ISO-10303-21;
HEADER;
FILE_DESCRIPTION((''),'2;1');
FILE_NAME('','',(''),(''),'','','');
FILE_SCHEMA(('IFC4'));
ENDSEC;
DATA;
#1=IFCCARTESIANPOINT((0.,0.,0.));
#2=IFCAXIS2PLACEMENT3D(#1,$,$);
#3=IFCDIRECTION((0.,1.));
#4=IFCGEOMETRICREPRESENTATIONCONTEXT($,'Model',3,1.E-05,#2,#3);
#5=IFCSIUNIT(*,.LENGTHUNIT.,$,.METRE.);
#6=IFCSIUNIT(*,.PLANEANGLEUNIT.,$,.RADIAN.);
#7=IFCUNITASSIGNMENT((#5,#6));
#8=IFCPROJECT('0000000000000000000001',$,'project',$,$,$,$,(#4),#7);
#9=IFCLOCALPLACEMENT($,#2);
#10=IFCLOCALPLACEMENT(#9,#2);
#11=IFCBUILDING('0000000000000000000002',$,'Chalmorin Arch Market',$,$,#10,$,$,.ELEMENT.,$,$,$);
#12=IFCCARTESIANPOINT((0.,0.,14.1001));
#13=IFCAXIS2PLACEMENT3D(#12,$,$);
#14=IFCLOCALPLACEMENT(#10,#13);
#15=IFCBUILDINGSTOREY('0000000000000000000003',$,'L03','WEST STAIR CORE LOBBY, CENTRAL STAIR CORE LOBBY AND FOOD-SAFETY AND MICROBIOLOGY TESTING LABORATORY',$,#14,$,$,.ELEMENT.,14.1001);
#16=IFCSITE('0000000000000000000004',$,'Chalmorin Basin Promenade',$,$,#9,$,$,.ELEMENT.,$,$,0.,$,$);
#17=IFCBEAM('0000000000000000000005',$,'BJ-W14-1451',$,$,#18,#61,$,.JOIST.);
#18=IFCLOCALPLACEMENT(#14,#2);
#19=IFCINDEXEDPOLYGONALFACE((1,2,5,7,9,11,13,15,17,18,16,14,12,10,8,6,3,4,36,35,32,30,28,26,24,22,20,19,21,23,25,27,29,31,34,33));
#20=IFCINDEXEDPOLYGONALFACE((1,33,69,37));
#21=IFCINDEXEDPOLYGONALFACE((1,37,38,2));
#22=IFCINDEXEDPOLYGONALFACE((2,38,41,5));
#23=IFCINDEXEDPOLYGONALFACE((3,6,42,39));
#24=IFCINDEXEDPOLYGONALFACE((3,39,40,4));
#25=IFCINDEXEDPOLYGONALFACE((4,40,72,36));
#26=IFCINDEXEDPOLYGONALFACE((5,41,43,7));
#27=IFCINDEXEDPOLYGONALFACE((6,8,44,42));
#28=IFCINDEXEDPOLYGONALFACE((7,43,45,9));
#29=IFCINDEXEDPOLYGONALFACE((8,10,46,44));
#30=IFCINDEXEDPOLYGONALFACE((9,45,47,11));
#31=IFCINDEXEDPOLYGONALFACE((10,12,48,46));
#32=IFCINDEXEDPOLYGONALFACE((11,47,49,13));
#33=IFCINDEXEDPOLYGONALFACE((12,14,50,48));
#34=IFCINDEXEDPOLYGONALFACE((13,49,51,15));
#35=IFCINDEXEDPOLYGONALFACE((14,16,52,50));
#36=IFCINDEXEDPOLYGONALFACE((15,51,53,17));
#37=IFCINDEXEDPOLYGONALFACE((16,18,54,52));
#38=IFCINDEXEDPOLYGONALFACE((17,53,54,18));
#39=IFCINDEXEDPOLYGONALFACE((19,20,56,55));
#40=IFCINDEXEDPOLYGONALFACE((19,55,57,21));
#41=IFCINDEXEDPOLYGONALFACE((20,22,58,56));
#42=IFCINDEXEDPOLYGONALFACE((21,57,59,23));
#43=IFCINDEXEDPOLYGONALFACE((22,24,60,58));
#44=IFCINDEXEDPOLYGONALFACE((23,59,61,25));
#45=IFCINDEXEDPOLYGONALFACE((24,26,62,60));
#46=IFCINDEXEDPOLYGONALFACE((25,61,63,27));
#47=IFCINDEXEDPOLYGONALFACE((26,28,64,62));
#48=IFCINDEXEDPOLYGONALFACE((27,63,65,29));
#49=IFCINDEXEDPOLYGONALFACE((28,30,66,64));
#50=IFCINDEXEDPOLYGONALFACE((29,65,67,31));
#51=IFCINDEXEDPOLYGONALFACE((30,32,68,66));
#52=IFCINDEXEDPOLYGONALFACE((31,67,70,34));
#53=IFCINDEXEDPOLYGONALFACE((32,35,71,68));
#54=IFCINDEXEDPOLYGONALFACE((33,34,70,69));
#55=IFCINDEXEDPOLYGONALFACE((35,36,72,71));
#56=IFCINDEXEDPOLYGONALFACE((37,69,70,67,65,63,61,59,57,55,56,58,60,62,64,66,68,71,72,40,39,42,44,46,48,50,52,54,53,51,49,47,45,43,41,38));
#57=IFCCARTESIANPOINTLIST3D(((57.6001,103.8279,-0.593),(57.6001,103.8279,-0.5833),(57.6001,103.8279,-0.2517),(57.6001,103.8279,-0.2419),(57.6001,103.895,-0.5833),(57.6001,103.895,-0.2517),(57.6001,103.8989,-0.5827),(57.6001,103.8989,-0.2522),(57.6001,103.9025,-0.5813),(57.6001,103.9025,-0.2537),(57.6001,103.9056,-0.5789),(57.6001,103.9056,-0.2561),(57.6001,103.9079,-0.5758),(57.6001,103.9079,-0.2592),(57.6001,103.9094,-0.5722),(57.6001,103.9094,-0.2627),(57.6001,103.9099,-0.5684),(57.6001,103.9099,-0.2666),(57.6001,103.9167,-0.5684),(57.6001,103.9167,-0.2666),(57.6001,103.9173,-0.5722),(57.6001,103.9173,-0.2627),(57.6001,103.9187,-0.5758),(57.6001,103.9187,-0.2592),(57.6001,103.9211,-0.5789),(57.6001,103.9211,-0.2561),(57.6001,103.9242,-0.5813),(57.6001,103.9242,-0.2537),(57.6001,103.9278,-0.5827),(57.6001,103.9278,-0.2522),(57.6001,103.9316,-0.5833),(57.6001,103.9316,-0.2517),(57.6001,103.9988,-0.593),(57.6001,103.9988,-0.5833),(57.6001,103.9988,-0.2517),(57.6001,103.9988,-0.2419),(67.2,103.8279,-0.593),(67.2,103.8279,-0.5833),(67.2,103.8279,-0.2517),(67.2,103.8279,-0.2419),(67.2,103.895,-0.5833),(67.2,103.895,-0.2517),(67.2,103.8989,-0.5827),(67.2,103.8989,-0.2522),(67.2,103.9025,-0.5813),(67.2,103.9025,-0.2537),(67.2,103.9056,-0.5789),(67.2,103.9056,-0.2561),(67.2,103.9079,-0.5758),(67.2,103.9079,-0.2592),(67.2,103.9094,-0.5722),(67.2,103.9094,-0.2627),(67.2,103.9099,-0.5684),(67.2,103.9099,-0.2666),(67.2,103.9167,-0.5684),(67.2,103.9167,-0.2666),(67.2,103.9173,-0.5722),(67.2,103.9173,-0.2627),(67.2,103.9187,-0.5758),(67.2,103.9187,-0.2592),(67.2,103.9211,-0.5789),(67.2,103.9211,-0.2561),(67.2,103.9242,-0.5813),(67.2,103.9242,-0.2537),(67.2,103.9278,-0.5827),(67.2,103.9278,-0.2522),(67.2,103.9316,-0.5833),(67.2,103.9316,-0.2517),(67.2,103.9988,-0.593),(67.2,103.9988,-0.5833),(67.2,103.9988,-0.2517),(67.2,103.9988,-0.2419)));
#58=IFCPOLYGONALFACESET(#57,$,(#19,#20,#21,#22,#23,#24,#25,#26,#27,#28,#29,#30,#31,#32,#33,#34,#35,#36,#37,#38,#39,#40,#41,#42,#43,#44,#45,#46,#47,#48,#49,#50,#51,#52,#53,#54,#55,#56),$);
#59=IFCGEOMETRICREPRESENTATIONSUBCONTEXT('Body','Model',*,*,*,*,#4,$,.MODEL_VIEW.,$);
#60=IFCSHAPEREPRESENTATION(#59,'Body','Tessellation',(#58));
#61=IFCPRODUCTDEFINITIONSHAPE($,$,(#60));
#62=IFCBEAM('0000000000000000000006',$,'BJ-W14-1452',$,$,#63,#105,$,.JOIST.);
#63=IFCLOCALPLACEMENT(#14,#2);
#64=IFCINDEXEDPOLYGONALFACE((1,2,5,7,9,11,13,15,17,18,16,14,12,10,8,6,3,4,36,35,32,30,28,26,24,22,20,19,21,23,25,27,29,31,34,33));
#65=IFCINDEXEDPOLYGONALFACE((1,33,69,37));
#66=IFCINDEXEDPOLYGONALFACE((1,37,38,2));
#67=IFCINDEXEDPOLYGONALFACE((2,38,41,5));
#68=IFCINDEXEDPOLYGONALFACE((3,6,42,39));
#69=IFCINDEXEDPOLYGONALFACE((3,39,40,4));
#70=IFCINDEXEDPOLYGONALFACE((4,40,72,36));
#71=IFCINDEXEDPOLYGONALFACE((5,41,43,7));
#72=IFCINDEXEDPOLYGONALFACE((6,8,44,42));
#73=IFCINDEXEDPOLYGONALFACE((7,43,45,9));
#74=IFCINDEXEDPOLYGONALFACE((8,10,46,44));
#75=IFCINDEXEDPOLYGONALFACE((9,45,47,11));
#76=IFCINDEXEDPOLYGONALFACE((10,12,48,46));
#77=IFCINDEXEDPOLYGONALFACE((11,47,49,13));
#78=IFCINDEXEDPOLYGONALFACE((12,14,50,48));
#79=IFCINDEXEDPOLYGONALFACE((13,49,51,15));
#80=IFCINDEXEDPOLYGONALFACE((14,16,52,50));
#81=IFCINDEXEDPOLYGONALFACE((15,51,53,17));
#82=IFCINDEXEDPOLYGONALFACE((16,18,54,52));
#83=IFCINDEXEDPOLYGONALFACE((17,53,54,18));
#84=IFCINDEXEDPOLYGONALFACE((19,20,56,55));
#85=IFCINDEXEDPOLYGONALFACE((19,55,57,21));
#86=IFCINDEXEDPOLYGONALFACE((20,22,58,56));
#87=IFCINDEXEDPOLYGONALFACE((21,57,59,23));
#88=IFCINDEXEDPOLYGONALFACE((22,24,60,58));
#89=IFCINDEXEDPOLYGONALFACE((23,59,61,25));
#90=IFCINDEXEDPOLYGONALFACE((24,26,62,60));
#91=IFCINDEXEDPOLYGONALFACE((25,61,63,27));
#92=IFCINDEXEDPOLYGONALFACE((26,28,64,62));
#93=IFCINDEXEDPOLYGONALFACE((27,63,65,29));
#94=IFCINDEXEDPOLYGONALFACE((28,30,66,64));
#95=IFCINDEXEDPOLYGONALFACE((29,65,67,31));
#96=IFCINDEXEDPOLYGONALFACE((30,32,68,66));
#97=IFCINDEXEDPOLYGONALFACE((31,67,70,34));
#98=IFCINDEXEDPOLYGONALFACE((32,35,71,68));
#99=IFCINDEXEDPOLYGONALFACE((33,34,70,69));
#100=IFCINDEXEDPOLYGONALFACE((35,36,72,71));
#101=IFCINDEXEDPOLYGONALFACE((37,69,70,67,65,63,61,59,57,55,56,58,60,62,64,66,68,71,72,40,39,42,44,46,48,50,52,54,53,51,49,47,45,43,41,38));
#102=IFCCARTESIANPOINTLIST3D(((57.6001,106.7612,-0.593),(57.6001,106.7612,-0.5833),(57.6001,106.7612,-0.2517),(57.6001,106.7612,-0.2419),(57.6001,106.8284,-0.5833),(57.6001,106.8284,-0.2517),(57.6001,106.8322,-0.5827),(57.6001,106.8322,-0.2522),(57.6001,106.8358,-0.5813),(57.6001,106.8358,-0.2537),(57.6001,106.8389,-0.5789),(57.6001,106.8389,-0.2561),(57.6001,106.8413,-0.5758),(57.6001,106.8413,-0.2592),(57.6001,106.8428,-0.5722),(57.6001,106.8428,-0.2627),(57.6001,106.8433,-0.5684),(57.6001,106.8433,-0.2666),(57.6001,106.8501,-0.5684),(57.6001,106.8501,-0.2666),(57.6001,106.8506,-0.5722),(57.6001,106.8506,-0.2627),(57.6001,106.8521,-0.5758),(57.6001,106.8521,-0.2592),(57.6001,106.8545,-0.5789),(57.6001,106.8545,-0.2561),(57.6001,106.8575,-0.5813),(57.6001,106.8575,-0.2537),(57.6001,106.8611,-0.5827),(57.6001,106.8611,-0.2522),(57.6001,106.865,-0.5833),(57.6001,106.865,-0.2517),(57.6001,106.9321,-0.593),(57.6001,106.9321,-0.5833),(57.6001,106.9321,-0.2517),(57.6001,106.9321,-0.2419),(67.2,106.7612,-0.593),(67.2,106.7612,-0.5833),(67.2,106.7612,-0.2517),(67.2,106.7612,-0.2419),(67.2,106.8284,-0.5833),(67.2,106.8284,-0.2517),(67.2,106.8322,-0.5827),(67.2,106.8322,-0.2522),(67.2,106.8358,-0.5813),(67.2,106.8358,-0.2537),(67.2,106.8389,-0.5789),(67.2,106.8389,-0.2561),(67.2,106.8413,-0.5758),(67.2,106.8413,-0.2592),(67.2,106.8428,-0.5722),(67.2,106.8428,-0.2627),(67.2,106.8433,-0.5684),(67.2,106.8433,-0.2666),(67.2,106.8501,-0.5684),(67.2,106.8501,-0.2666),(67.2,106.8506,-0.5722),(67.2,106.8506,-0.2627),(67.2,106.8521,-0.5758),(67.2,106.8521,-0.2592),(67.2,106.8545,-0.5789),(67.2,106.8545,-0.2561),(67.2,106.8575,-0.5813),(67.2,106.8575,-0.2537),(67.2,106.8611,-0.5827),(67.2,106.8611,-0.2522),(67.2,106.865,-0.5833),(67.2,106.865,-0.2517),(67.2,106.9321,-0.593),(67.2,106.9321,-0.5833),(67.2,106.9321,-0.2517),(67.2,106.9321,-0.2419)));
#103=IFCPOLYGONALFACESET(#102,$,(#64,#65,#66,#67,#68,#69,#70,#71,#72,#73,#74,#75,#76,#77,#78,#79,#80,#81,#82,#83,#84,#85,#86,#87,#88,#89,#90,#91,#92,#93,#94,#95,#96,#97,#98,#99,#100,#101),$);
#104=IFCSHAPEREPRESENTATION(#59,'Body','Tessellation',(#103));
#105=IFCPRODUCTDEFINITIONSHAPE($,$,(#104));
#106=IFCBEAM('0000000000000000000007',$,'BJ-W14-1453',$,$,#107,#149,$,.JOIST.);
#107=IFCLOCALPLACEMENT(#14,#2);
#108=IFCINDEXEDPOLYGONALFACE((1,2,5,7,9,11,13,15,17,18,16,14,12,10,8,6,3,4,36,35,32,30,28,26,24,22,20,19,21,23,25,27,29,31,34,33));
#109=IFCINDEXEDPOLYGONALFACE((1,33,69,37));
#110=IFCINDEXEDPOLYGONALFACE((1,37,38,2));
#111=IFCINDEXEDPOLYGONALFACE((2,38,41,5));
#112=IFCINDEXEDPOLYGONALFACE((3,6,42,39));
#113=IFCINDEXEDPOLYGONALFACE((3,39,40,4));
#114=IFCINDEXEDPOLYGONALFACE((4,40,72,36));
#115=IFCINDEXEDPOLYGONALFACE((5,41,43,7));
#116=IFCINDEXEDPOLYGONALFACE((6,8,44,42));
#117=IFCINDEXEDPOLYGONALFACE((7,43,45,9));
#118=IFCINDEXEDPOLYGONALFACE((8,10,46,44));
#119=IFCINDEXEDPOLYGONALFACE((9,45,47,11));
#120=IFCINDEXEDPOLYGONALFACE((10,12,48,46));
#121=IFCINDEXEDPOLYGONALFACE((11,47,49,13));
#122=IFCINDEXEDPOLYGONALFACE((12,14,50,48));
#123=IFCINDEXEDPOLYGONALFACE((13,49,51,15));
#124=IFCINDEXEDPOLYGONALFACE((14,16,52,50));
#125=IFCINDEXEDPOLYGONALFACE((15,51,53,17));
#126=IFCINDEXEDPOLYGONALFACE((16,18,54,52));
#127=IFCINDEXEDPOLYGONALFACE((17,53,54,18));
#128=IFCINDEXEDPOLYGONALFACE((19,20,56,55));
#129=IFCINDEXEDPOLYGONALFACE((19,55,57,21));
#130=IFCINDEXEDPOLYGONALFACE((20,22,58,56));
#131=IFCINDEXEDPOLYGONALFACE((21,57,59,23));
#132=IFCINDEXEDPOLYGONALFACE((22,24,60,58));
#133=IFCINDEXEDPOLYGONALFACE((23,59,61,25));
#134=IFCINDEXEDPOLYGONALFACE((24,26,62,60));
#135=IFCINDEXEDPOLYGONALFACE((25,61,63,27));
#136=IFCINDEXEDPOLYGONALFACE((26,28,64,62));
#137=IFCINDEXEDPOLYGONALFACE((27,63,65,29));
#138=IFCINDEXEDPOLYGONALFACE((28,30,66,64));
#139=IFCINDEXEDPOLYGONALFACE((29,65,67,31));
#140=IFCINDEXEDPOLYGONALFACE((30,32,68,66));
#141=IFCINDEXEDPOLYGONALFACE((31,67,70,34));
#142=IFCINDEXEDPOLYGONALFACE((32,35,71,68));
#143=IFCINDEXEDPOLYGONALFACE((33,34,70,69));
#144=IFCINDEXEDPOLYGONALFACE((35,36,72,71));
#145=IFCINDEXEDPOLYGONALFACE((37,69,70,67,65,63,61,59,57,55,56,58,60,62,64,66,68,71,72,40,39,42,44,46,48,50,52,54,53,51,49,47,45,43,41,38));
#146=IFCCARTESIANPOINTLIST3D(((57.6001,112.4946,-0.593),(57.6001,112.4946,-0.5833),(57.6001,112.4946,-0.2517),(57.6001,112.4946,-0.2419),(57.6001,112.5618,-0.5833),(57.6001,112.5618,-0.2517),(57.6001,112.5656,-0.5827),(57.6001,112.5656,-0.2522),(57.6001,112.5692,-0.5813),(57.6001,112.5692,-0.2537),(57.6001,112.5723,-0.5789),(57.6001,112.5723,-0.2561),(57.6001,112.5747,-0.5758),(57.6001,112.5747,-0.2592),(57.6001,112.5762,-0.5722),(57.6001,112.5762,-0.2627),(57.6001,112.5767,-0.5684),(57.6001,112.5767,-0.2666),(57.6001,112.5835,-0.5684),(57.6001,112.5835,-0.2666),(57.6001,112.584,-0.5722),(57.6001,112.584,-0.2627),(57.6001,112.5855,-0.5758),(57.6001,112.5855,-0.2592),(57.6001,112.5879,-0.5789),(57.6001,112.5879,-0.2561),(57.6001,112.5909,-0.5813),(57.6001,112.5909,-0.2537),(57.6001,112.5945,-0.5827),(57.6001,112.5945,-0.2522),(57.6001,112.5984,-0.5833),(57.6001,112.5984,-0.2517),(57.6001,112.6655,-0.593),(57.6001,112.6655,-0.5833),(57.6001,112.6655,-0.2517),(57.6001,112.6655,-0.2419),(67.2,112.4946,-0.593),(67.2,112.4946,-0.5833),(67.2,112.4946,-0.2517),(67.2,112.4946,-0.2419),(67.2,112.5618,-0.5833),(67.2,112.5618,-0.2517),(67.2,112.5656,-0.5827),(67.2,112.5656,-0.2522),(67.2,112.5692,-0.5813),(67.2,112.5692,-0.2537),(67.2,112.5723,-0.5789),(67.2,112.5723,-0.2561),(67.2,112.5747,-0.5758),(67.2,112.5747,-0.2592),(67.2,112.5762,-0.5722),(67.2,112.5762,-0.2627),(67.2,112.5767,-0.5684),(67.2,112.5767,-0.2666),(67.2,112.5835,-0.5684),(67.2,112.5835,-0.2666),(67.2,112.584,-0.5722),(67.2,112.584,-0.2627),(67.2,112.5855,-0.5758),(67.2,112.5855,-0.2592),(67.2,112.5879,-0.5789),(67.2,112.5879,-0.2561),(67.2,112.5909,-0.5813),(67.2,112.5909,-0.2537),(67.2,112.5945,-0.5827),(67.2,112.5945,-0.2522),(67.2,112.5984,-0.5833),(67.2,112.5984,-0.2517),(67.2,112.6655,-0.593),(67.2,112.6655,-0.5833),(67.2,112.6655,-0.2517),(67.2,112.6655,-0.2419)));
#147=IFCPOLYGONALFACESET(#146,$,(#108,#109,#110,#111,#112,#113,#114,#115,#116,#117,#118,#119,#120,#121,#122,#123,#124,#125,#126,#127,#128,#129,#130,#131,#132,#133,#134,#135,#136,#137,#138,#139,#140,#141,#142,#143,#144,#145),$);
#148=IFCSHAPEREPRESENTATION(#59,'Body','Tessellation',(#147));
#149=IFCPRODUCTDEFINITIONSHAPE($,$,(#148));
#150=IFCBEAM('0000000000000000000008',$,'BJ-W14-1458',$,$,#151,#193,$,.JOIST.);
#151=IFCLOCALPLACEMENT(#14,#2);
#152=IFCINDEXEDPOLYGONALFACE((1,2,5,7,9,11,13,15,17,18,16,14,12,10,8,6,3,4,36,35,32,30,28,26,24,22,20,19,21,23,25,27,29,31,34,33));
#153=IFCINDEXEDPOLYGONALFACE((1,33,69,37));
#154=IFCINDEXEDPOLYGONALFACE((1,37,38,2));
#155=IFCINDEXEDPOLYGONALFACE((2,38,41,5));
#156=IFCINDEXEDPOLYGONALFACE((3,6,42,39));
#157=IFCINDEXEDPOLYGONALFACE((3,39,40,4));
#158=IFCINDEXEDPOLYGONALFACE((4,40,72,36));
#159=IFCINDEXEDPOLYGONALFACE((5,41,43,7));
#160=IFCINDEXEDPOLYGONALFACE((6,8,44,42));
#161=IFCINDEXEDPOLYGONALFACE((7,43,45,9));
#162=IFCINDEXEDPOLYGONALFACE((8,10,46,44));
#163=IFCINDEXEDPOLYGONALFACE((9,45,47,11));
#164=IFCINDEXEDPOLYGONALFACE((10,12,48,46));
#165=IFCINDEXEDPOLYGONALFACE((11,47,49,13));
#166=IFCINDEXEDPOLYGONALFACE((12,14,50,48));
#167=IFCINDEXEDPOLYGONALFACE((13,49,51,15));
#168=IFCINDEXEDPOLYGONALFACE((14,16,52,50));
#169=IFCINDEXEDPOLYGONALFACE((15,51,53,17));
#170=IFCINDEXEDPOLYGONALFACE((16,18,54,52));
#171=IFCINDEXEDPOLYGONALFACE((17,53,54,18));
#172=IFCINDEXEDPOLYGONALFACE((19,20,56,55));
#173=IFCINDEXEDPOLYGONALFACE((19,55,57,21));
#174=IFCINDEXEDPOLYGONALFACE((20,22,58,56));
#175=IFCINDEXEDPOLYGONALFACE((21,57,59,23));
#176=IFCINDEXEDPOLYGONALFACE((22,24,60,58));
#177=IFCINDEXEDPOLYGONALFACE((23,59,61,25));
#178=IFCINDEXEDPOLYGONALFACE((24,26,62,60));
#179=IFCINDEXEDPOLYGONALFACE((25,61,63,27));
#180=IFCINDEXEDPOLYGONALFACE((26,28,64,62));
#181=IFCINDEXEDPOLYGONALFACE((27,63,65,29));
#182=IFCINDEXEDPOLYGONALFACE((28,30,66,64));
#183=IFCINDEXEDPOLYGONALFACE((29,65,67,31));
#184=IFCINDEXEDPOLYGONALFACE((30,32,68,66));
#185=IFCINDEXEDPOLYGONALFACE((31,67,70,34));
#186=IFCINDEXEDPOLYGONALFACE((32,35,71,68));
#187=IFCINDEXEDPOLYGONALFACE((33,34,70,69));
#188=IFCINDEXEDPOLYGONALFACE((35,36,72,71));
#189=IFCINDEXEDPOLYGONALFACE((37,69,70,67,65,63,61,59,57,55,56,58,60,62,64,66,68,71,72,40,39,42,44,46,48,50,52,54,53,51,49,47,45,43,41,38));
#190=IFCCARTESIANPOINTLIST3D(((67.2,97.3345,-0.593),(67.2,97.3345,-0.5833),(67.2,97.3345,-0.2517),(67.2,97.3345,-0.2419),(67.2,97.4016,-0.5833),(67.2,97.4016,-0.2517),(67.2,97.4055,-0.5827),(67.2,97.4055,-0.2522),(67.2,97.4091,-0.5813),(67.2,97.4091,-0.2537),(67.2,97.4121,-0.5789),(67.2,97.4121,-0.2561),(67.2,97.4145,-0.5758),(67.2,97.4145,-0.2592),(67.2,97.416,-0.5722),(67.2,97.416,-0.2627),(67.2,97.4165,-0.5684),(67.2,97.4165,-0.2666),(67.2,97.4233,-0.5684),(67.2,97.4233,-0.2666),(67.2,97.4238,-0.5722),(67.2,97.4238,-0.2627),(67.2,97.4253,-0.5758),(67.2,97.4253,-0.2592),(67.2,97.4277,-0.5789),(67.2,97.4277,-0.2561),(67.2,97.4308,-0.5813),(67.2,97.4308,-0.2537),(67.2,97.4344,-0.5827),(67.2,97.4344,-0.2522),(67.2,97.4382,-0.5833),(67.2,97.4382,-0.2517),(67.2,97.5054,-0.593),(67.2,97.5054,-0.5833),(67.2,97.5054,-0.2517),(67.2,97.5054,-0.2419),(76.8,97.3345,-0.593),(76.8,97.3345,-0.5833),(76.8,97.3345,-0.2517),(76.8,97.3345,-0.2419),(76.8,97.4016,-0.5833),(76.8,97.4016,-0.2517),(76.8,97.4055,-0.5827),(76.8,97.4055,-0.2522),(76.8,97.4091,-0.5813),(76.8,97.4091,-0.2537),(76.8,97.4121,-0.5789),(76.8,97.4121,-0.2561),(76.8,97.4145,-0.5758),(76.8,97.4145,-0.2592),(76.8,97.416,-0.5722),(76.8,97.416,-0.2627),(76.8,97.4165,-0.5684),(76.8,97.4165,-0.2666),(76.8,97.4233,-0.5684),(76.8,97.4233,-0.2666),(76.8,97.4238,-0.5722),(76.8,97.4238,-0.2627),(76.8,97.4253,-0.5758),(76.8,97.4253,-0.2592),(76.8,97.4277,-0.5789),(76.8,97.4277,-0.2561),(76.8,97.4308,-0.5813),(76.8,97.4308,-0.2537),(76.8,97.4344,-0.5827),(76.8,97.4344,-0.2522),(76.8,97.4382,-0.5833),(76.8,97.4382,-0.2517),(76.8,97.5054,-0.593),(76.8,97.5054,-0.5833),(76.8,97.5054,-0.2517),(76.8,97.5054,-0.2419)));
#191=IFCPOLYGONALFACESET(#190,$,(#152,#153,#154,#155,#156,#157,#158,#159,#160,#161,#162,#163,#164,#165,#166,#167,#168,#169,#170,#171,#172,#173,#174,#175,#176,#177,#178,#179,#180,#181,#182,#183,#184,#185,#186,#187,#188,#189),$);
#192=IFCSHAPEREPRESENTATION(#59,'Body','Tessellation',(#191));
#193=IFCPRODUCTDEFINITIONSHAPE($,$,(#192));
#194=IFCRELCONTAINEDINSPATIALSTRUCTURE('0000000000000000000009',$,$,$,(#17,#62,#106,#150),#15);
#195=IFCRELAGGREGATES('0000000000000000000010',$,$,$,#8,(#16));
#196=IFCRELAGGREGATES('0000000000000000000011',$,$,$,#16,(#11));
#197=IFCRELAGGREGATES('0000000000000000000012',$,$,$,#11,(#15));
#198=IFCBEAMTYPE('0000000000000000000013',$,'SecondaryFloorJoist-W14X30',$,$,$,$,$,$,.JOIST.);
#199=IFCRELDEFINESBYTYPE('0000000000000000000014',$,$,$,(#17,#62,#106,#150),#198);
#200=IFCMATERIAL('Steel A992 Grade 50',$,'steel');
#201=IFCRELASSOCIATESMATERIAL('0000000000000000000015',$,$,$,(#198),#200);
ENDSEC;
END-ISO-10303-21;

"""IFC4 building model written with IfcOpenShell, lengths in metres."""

from ifc_helpers import new_model, si_unit, direction, frame, origin, origin_2d, place, context, subcontext, project, spatial, i_section, extrude, material, material_profile, profile_set, type_object, element, save


model = new_model("IFC4")

# Units and contexts
model_context = context("Model", 3, precision=1e-05, world=origin(), true_north=direction((0.0, 1.0)))
body_context = subcontext(model_context, "Body", "Model", "MODEL_VIEW")
ifc_project = project(units=[si_unit("LENGTHUNIT", "METRE"), si_unit("PLANEANGLEUNIT", "RADIAN")], contexts=[model_context])

# Site, building, storey
site_placement = place(None, origin())
site = spatial("IfcSite", under=ifc_project, at=site_placement, Name="Chalmorin Basin Promenade", CompositionType="ELEMENT", RefElevation=0.0)
building_placement = place(site_placement, origin())
building = spatial("IfcBuilding", under=site, at=building_placement, Name="Chalmorin Arch Market", CompositionType="ELEMENT")
storey_placement = place(building_placement, frame((0.0, 0.0, 14.1001)))
storey = spatial("IfcBuildingStorey", under=building, at=storey_placement, Name="L03", Description="WEST STAIR CORE LOBBY, CENTRAL STAIR CORE LOBBY AND FOOD-SAFETY AND MICROBIOLOGY TESTING LABORATORY", CompositionType="ELEMENT", Elevation=14.1001)

# Shared definitions
ifc_material_1 = material(Name="Steel A992 Grade 50", Category="steel")

# Beams
ifc_material_profile_1 = material_profile(ifc_material_1, i_section(OverallWidth=0.1709, OverallDepth=0.3511, WebThickness=0.0068, FlangeThickness=0.0098, FilletRadius=0.0149, at=origin_2d()), Name="W14X30")
ifc_profile_set_1 = profile_set([ifc_material_profile_1], Name="Steel A992 Grade 50")
beam_type_1 = type_object("IfcBeamType", Name="SecondaryFloorJoist-W14X30", PredefinedType="JOIST", material=ifc_profile_set_1)
for number, where, z_axis, x_axis, name in (
    (1, (57.6001, 103.9133, -0.4175), (1.0, 0.0, 0.0), (0.0, 1.0, 0.0), "BJ-W14-1451"),
    (2, (57.6001, 106.8467, -0.4175), (1.0, 0.0, 0.0), (0.0, 1.0, 0.0), "BJ-W14-1452"),
    (3, (57.6001, 112.5801, -0.4175), (1.0, 0.0, 0.0), (0.0, 1.0, 0.0), "BJ-W14-1453"),
):
    element("IfcBeam", number, at=place(storey_placement, frame(where, z_axis=z_axis, x_axis=x_axis)), inside=storey, type_object=beam_type_1, Name=name, PredefinedType="JOIST", context=body_context, shape_type="SweptSolid", body=[
        extrude(i_section(OverallWidth=0.1709, OverallDepth=0.3511, WebThickness=0.0068, FlangeThickness=0.0098, FilletRadius=0.0149, at=origin_2d()), origin(), (0.0, 0.0, 1.0), 9.5999),
    ])
for number, where, z_axis, x_axis, name in (
    (4, (67.2, 97.4199, -0.4175), (1.0, 0.0, 0.0), (0.0, 1.0, 0.0), "BJ-W14-1458"),
):
    element("IfcBeam", number, at=place(storey_placement, frame(where, z_axis=z_axis, x_axis=x_axis)), inside=storey, type_object=beam_type_1, Name=name, PredefinedType="JOIST", context=body_context, shape_type="SweptSolid", body=[
        extrude(i_section(OverallWidth=0.1709, OverallDepth=0.3511, WebThickness=0.0068, FlangeThickness=0.0098, FilletRadius=0.0149, at=origin_2d()), origin(), (0.0, 0.0, 1.0), 9.6001),
    ])

save(model, "model.ifc")
